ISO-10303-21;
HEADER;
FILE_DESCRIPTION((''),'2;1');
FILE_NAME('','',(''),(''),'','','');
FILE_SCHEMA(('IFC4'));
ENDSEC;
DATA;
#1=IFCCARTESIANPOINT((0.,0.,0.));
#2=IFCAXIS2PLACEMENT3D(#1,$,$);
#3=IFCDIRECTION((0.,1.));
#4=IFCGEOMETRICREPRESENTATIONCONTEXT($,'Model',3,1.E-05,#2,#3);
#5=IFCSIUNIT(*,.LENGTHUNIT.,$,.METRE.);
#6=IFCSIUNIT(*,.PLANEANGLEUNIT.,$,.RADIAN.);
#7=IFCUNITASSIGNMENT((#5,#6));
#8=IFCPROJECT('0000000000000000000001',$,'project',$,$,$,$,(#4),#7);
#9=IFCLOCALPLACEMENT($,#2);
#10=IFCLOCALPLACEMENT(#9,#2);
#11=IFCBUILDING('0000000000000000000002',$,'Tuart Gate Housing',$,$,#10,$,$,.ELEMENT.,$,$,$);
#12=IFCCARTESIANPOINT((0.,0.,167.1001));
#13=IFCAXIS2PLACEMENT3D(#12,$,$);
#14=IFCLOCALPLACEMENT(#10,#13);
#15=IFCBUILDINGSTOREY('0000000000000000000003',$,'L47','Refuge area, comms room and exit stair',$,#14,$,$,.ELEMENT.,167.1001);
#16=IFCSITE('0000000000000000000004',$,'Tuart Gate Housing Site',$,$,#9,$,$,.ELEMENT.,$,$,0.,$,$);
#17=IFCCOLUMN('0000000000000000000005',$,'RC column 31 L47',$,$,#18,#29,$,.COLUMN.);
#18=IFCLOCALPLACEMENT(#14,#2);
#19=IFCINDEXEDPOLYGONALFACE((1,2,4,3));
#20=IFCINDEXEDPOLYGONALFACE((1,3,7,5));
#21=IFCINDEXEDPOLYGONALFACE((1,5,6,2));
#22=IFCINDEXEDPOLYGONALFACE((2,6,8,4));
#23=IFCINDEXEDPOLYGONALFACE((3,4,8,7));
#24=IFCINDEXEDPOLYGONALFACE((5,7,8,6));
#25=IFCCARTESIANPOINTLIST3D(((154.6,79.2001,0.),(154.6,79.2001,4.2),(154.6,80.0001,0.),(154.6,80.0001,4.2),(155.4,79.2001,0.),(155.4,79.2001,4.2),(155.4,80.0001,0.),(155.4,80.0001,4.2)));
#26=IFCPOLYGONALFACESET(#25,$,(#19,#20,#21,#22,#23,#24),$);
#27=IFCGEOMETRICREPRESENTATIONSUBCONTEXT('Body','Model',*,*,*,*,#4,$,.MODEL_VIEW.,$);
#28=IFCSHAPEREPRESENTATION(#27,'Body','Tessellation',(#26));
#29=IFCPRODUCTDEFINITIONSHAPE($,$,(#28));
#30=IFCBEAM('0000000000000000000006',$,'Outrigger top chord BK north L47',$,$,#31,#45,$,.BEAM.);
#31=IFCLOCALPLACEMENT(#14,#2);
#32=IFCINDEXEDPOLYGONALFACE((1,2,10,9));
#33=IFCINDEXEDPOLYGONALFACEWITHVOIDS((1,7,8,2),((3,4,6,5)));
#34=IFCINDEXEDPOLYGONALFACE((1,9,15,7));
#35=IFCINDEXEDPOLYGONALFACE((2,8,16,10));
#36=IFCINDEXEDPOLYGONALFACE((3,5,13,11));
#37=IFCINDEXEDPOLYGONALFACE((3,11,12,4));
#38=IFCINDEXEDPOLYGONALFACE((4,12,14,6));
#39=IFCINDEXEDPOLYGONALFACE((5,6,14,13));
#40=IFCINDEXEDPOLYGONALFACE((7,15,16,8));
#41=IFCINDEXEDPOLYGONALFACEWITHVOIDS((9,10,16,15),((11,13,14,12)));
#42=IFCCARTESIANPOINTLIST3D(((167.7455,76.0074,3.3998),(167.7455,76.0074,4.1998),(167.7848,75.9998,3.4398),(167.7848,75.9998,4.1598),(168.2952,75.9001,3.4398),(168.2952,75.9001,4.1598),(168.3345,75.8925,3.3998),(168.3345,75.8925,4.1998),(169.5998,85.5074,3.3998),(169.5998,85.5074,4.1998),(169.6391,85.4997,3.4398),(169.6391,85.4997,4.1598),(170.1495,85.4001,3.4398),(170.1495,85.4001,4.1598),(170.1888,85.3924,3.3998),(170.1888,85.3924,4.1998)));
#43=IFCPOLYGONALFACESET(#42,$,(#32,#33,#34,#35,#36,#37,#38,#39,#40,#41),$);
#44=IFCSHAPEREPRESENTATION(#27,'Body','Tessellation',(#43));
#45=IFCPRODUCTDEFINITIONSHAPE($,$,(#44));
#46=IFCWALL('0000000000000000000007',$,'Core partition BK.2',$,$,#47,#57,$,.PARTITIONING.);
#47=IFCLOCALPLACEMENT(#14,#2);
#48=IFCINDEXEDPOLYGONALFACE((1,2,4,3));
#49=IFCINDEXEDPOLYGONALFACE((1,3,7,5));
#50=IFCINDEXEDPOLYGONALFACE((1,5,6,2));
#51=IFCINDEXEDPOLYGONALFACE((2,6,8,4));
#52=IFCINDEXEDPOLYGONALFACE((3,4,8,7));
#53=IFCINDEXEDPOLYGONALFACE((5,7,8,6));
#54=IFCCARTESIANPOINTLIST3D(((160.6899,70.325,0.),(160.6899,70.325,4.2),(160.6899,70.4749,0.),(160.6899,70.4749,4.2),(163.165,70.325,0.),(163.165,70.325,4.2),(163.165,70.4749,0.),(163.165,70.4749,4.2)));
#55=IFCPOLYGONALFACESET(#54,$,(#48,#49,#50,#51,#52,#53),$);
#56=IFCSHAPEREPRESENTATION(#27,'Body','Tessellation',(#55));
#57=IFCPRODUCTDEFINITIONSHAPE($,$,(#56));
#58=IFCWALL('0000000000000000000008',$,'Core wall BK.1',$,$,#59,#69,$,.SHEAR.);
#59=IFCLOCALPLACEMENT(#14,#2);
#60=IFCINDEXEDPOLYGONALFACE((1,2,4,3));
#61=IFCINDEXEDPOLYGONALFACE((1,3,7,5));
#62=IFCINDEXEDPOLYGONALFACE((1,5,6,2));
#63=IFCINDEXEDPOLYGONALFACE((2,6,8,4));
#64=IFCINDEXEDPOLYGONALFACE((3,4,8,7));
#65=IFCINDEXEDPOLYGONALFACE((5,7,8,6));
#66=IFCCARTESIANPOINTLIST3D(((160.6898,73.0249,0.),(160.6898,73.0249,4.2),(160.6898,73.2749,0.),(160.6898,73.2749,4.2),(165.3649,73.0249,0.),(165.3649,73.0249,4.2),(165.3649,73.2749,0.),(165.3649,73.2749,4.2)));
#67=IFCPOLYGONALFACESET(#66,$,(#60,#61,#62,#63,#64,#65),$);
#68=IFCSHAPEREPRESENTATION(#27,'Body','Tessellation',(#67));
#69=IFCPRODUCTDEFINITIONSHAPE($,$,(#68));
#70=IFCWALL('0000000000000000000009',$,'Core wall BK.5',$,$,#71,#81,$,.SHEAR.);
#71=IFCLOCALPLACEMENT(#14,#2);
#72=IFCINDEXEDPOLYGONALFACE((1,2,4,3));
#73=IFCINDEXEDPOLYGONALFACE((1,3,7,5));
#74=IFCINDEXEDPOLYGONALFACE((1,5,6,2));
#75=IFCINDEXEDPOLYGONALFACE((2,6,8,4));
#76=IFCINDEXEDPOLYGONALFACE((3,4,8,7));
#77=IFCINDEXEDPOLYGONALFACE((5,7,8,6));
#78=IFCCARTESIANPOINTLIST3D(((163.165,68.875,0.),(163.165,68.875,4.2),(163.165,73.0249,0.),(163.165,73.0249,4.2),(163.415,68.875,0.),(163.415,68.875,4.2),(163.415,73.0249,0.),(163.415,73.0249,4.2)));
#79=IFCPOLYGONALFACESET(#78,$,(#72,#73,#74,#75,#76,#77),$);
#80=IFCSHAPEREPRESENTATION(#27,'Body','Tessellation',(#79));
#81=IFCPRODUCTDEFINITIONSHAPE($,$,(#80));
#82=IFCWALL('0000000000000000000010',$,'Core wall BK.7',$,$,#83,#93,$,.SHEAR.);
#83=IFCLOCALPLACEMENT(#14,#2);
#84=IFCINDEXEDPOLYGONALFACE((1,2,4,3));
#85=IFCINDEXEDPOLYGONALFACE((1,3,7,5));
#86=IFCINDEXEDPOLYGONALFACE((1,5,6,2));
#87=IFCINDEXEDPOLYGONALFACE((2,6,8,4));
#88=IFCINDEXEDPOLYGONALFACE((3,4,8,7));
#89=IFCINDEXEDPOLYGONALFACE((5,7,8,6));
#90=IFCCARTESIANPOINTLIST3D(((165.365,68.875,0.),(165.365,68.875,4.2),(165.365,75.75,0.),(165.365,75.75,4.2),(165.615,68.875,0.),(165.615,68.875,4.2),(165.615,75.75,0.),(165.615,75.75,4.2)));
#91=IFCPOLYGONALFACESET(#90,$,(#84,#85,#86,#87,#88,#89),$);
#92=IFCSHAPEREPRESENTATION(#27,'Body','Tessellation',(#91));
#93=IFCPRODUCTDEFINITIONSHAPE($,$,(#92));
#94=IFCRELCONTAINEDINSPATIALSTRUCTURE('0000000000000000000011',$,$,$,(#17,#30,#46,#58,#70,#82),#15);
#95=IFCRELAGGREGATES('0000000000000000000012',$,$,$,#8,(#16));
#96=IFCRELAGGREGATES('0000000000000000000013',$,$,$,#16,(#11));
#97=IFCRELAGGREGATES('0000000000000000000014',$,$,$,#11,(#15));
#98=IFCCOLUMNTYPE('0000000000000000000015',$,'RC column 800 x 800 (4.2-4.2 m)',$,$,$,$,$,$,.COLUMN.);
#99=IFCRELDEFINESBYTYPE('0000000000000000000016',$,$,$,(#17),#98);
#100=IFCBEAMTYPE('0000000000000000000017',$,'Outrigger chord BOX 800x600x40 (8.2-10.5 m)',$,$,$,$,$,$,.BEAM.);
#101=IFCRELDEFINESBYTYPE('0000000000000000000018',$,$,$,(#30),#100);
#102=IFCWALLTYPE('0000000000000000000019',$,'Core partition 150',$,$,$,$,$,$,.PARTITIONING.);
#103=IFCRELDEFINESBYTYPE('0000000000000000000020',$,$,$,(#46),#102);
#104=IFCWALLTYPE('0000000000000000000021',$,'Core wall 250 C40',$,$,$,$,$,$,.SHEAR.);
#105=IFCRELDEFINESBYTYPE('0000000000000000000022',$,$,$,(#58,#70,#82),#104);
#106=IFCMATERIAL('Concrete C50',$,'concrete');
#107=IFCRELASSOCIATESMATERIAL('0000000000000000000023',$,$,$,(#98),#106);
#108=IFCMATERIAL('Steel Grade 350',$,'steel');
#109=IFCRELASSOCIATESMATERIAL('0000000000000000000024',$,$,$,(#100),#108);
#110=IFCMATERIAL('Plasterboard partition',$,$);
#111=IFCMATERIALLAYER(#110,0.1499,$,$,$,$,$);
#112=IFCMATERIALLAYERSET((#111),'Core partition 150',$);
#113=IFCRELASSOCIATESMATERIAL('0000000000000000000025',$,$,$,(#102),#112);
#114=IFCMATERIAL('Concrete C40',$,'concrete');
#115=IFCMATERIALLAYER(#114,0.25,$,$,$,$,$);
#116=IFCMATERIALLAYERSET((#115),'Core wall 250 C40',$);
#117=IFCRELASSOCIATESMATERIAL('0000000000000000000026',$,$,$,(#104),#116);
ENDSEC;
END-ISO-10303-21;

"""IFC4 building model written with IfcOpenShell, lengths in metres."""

from ifc_helpers import new_model, si_unit, direction, frame, frame_2d, origin, origin_2d, place, context, subcontext, project, spatial, rectangle, hollow_rectangle, extrude, material, layer, layer_set, material_profile, profile_set, type_object, element, save


model = new_model("IFC4")

# Units and contexts
model_context = context("Model", 3, precision=1e-05, world=origin(), true_north=direction((0.0, 1.0)))
body_context = subcontext(model_context, "Body", "Model", "MODEL_VIEW")
ifc_project = project(units=[si_unit("LENGTHUNIT", "METRE"), si_unit("PLANEANGLEUNIT", "RADIAN")], contexts=[model_context])

# Site, building, storey
site_placement = place(None, origin())
site = spatial("IfcSite", under=ifc_project, at=site_placement, Name="Tuart Gate Housing Site", CompositionType="ELEMENT", RefElevation=0.0)
building_placement = place(site_placement, origin())
building = spatial("IfcBuilding", under=site, at=building_placement, Name="Tuart Gate Housing", CompositionType="ELEMENT")
storey_placement = place(building_placement, frame((0.0, 0.0, 167.1001)))
storey = spatial("IfcBuildingStorey", under=building, at=storey_placement, Name="L47", Description="Refuge area, comms room and exit stair", CompositionType="ELEMENT", Elevation=167.1001)

# Column
ifc_material_1 = material(Name="Concrete C50", Category="concrete")
ifc_material_profile_1 = material_profile(ifc_material_1, rectangle(XDim=0.8, YDim=0.8, at=origin_2d()), Name="RC column 800 x 800 (4.2-4.2 m)")
ifc_profile_set_1 = profile_set([ifc_material_profile_1], Name="Concrete C50")
column_type = type_object("IfcColumnType", Name="RC column 800 x 800 (4.2-4.2 m)", PredefinedType="COLUMN", material=ifc_profile_set_1)
column_placement = place(storey_placement, frame((155.0, 79.6001, 0.0), z_axis=(0.0, 0.0, 1.0), x_axis=(1.0, 0.0, 0.0)))
element("IfcColumn", 1, at=column_placement, inside=storey, type_object=column_type, Name="RC column 31 L47", PredefinedType="COLUMN", context=body_context, shape_type="SweptSolid", body=[
    extrude(rectangle(XDim=0.8, YDim=0.8, at=origin_2d()), origin(), (0.0, 0.0, 1.0), 4.2),
])

# Beam
ifc_material_2 = material(Name="Steel Grade 350", Category="steel")
ifc_material_profile_2 = material_profile(ifc_material_2, hollow_rectangle(XDim=0.6001, YDim=0.8, WallThickness=0.04, at=origin_2d()), Name="BOX 800x600x40")
ifc_profile_set_2 = profile_set([ifc_material_profile_2], Name="Steel Grade 350")
beam_type = type_object("IfcBeamType", Name="Outrigger chord BOX 800x600x40 (8.2-10.5 m)", PredefinedType="BEAM", material=ifc_profile_set_2)
beam_placement = place(storey_placement, frame((168.04, 75.95, 3.7998), z_axis=(0.191569, 0.981479, 0.0), x_axis=(-0.981479, 0.191569, 0.0)))
element("IfcBeam", 2, at=beam_placement, inside=storey, type_object=beam_type, Name="Outrigger top chord BK north L47", PredefinedType="BEAM", context=body_context, shape_type="SweptSolid", body=[
    extrude(hollow_rectangle(XDim=0.6001, YDim=0.8, WallThickness=0.04, at=origin_2d()), origin(), (0.0, 0.0, 1.0), 9.6792),
])

# Walls
ifc_material_3 = material(Name="Plasterboard partition")
ifc_layer_1 = layer(ifc_material_3, 0.1499)
ifc_layer_set_1 = layer_set([ifc_layer_1], Name="Core partition 150")
wall_type_1 = type_object("IfcWallType", Name="Core partition 150", PredefinedType="PARTITIONING", material=ifc_layer_set_1)
wall_1_placement = place(storey_placement, frame((160.6899, 70.3999, 0.0), z_axis=(0.0, 0.0, 1.0), x_axis=(1.0, 0.0, 0.0)))
element("IfcWall", 3, at=wall_1_placement, inside=storey, type_object=wall_type_1, Name="Core partition BK.2", PredefinedType="PARTITIONING", context=body_context, shape_type="SweptSolid", body=[
    extrude(rectangle(XDim=2.4751, YDim=0.1499, at=frame_2d((1.2375, 0.0))), origin(), (0.0, 0.0, 1.0), 4.2),
])
ifc_material_4 = material(Name="Concrete C40", Category="concrete")
ifc_layer_2 = layer(ifc_material_4, 0.25)
ifc_layer_set_2 = layer_set([ifc_layer_2], Name="Core wall 250 C40")
wall_type_2 = type_object("IfcWallType", Name="Core wall 250 C40", PredefinedType="SHEAR", material=ifc_layer_set_2)
wall_2_placement = place(storey_placement, frame((160.6899, 73.1499, 0.0), z_axis=(0.0, 0.0, 1.0), x_axis=(1.0, 0.0, 0.0)))
element("IfcWall", 4, at=wall_2_placement, inside=storey, type_object=wall_type_2, Name="Core wall BK.1", PredefinedType="SHEAR", context=body_context, shape_type="SweptSolid", body=[
    extrude(rectangle(XDim=4.675, YDim=0.25, at=frame_2d((2.3374, 0.0))), origin(), (0.0, 0.0, 1.0), 4.2),
])
wall_3_placement = place(storey_placement, frame((163.29, 73.0249, 0.0), z_axis=(0.0, 0.0, 1.0), x_axis=(0.0, -1.0, 0.0)))
element("IfcWall", 5, at=wall_3_placement, inside=storey, type_object=wall_type_2, Name="Core wall BK.5", PredefinedType="SHEAR", context=body_context, shape_type="SweptSolid", body=[
    extrude(rectangle(XDim=4.1499, YDim=0.25, at=frame_2d((2.075, 0.0))), origin(), (0.0, 0.0, 1.0), 4.2),
])
wall_4_placement = place(storey_placement, frame((165.49, 75.75, 0.0), z_axis=(0.0, 0.0, 1.0), x_axis=(0.0, -1.0, 0.0)))
element("IfcWall", 6, at=wall_4_placement, inside=storey, type_object=wall_type_2, Name="Core wall BK.7", PredefinedType="SHEAR", context=body_context, shape_type="SweptSolid", body=[
    extrude(rectangle(XDim=6.875, YDim=0.25, at=frame_2d((3.4375, 0.0))), origin(), (0.0, 0.0, 1.0), 4.2),
])

save(model, "model.ifc")
